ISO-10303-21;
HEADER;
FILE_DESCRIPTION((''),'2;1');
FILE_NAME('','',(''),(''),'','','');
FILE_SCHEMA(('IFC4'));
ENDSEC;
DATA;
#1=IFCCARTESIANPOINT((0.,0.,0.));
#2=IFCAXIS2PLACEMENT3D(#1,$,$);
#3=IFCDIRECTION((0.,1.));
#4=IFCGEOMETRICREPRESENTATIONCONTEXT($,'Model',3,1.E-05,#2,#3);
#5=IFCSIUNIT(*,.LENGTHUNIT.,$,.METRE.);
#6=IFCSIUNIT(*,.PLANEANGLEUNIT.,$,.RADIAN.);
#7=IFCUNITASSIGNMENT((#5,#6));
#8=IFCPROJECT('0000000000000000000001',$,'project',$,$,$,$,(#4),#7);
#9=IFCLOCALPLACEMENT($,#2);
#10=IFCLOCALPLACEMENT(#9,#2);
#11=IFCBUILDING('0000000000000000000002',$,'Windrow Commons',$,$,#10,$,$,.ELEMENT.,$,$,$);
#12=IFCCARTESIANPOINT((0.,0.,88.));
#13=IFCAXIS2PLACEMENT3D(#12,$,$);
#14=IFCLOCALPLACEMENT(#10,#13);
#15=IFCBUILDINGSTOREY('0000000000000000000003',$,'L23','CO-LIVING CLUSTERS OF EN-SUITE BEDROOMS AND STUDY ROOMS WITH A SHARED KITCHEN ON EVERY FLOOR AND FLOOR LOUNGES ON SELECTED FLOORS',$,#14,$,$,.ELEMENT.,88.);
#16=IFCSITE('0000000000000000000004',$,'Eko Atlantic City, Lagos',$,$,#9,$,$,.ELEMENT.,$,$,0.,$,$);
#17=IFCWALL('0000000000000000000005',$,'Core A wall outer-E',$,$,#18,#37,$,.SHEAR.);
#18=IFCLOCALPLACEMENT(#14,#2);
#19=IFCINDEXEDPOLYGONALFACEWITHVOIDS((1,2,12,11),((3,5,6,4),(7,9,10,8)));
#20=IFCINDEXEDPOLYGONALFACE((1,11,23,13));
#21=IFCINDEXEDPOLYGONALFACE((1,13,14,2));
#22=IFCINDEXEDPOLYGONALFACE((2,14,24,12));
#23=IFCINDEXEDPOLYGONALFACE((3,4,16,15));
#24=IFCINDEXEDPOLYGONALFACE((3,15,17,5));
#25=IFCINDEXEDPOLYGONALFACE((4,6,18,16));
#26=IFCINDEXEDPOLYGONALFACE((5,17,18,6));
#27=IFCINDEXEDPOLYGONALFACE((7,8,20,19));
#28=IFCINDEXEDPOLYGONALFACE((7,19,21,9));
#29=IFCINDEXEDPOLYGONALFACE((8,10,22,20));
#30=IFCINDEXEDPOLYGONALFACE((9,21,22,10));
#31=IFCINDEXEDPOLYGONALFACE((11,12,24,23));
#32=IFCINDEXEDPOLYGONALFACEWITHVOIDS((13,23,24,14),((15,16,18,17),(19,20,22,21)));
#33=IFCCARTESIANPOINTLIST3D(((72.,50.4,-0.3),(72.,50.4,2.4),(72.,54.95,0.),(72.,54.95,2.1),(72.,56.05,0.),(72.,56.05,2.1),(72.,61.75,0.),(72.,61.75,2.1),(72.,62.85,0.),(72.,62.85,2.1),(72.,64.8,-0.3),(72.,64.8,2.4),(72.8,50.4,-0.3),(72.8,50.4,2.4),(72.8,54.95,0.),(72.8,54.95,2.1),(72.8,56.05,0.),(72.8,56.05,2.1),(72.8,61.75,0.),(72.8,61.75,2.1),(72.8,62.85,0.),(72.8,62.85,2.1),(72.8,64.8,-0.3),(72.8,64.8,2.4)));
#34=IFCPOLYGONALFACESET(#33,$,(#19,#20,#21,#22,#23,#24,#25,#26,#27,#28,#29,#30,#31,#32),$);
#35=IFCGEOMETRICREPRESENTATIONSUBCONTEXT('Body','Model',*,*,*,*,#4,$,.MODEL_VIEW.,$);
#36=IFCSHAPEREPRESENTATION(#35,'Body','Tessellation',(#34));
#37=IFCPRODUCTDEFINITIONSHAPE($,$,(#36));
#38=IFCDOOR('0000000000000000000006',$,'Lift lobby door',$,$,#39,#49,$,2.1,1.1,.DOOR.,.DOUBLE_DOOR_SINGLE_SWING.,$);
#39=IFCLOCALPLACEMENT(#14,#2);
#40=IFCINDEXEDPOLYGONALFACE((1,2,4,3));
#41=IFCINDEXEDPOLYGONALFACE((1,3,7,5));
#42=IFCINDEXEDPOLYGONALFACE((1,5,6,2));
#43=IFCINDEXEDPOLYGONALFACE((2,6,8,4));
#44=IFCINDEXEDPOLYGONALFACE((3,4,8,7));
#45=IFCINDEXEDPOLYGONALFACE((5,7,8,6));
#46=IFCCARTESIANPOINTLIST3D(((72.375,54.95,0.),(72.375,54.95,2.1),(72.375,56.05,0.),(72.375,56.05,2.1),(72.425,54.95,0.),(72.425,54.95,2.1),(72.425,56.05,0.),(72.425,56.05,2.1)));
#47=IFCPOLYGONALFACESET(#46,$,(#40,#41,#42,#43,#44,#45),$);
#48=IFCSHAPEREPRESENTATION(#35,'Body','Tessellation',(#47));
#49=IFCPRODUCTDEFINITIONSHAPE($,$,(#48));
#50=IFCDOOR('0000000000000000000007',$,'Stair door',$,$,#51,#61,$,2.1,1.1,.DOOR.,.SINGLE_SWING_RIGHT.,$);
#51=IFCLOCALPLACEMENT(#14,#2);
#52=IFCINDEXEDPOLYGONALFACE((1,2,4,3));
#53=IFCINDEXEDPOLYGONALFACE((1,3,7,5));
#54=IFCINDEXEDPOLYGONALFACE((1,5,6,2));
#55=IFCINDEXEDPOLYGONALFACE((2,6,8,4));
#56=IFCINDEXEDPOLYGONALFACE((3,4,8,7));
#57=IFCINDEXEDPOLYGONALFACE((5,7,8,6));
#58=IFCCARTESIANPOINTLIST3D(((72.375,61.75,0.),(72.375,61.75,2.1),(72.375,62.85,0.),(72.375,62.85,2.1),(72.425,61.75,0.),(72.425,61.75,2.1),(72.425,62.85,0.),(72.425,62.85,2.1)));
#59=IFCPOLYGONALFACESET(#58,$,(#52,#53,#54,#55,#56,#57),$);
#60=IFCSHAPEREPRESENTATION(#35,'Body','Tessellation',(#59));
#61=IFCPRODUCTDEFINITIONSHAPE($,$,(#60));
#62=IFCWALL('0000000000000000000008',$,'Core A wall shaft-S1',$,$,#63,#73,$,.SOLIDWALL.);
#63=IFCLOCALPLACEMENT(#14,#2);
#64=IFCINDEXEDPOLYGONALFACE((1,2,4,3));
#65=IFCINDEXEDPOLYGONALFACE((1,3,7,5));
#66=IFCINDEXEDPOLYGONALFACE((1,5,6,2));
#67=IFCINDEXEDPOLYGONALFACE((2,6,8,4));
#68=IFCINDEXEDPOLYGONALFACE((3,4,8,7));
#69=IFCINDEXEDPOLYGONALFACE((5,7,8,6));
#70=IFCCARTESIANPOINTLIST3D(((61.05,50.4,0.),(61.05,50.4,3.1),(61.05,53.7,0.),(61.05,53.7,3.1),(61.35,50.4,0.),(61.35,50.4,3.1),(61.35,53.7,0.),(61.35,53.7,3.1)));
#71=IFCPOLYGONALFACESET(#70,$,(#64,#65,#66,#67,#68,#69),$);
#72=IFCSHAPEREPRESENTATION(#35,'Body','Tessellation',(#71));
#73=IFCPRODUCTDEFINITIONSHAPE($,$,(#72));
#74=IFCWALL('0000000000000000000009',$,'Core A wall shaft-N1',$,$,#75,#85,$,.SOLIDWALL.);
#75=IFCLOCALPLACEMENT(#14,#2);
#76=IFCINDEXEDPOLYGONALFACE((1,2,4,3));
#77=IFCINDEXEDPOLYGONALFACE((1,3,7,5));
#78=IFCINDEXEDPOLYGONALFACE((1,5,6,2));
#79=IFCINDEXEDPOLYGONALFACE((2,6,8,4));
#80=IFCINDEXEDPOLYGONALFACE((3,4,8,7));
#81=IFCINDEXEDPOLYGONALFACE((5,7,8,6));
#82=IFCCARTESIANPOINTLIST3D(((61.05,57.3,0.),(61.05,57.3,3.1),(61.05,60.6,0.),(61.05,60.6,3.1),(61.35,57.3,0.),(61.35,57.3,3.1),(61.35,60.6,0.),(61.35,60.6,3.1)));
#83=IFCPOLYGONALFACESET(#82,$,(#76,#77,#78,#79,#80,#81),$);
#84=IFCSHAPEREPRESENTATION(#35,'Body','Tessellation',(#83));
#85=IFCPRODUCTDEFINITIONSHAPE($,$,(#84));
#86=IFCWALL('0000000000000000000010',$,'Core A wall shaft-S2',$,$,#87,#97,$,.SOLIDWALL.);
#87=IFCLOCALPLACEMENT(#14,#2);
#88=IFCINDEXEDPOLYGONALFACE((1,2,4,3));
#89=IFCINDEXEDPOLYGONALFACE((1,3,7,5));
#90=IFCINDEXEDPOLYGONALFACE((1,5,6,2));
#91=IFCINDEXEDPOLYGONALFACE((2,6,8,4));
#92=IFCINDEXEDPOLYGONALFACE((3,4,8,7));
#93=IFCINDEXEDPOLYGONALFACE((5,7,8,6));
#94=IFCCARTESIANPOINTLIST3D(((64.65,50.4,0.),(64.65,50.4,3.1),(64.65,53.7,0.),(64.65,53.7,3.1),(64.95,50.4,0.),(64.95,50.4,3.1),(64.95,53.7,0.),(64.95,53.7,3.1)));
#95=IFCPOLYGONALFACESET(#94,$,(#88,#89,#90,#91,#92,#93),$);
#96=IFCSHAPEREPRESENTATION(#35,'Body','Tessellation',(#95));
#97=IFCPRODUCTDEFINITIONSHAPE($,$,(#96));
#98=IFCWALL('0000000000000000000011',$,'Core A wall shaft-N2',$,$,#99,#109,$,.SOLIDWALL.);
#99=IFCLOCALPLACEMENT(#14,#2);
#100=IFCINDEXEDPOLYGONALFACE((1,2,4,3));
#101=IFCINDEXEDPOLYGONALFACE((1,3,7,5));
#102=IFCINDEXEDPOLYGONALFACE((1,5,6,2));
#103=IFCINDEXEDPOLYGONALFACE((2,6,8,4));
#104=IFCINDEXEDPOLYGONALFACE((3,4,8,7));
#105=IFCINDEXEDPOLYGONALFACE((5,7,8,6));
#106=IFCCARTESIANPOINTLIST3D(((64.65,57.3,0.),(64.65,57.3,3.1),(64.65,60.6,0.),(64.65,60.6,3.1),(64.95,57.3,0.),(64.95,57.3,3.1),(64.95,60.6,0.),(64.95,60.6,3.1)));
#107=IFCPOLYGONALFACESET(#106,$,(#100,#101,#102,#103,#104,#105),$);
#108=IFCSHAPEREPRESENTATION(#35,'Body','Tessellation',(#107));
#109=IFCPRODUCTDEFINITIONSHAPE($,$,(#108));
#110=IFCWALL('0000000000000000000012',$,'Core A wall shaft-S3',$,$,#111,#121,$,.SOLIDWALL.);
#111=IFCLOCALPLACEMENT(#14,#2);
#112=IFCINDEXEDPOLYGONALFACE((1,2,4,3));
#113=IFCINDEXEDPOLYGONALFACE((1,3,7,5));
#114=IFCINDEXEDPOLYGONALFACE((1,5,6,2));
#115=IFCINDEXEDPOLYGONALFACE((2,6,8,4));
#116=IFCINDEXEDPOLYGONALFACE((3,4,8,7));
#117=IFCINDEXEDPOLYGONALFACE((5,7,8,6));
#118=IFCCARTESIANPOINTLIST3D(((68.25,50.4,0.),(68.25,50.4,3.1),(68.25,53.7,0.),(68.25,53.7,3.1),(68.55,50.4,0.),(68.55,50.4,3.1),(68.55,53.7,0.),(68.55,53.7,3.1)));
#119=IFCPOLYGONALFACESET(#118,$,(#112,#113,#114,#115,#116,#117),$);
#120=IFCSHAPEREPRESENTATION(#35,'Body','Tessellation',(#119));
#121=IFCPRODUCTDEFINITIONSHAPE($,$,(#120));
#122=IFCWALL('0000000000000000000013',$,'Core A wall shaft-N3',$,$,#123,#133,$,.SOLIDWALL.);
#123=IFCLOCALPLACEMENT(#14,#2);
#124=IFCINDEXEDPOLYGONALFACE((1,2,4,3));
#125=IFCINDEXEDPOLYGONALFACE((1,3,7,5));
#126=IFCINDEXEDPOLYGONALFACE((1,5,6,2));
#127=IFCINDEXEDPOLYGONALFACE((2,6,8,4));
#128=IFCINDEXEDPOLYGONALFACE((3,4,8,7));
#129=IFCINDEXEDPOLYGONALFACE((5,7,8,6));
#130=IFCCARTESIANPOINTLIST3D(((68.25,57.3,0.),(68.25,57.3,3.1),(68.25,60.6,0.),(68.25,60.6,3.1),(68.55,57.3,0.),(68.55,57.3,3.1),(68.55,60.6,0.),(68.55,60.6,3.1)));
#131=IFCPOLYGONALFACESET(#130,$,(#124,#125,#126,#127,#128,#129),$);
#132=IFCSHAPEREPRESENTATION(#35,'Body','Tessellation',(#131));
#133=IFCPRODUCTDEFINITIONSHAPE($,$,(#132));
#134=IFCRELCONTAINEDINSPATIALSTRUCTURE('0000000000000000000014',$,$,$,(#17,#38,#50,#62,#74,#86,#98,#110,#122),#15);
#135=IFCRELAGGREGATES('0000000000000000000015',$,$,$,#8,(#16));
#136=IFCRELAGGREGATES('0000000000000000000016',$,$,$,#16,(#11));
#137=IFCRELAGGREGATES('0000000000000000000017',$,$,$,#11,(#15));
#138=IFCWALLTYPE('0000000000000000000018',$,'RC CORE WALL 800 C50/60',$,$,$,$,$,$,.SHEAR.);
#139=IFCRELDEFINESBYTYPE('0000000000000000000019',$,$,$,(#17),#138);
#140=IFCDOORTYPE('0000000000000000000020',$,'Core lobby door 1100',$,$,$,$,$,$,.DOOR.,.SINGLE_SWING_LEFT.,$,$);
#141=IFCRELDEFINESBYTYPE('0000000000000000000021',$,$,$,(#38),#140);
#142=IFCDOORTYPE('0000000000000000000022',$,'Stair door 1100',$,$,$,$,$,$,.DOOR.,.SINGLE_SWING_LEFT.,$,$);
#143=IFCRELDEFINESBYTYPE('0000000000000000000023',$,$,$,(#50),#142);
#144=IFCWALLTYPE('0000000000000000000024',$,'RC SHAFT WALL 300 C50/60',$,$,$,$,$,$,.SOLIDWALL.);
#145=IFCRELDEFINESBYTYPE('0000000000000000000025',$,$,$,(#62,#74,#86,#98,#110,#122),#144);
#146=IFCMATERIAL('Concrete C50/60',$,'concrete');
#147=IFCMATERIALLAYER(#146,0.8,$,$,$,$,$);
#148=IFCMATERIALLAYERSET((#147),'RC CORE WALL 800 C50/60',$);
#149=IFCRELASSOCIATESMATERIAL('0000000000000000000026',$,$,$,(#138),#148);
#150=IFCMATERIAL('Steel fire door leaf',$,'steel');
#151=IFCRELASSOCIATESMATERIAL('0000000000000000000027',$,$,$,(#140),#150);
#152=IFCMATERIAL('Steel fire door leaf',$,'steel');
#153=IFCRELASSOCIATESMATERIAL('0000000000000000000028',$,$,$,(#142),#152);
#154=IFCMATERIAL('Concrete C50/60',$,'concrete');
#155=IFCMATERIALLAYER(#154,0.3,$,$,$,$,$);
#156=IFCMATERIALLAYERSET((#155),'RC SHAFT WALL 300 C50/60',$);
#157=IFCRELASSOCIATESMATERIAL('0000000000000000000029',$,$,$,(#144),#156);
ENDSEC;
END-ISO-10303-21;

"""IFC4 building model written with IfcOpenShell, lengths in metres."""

from ifc_helpers import new_model, si_unit, direction, frame, frame_2d, origin, place, context, subcontext, project, spatial, rectangle, extrude, material, layer, layer_set, type_object, element, fill, save


model = new_model("IFC4")

# Units and contexts
model_context = context("Model", 3, precision=1e-05, world=origin(), true_north=direction((0.0, 1.0)))
body_context = subcontext(model_context, "Body", "Model", "MODEL_VIEW")
ifc_project = project(units=[si_unit("LENGTHUNIT", "METRE"), si_unit("PLANEANGLEUNIT", "RADIAN")], contexts=[model_context])

# Site, building, storey
site_placement = place(None, origin())
site = spatial("IfcSite", under=ifc_project, at=site_placement, Name="Eko Atlantic City, Lagos", CompositionType="ELEMENT", RefElevation=0.0)
building_placement = place(site_placement, origin())
building = spatial("IfcBuilding", under=site, at=building_placement, Name="Windrow Commons", CompositionType="ELEMENT")
storey_placement = place(building_placement, frame((0.0, 0.0, 88.0)))
storey = spatial("IfcBuildingStorey", under=building, at=storey_placement, Name="L23", Description="CO-LIVING CLUSTERS OF EN-SUITE BEDROOMS AND STUDY ROOMS WITH A SHARED KITCHEN ON EVERY FLOOR AND FLOOR LOUNGES ON SELECTED FLOORS", CompositionType="ELEMENT", Elevation=88.0)

# Wall, openings, doors
ifc_material_1 = material(Name="Concrete C50/60", Category="concrete")
ifc_layer_1 = layer(ifc_material_1, 0.8)
ifc_layer_set_1 = layer_set([ifc_layer_1], Name="RC CORE WALL 800 C50/60")
wall_type_1 = type_object("IfcWallType", Name="RC CORE WALL 800 C50/60", PredefinedType="SHEAR", material=ifc_layer_set_1)
wall_1_placement = place(storey_placement, frame((72.4, 50.4, -0.3), z_axis=(0.0, 0.0, 1.0), x_axis=(0.0, 1.0, 0.0)))
wall_1 = element("IfcWall", 1, at=wall_1_placement, inside=storey, type_object=wall_type_1, Name="Core A wall outer-E", PredefinedType="SHEAR", context=body_context, shape_type="SweptSolid", body=[
    extrude(rectangle(XDim=14.4, YDim=0.8, at=frame_2d((7.2, 0.0))), origin(), (0.0, 0.0, 1.0), 2.7),
])
opening_1_placement = place(wall_1_placement, frame((4.55, 0.0, 0.3)))
opening_1 = element("IfcOpeningElement", 2, at=opening_1_placement, cuts=wall_1, PredefinedType="OPENING", context=body_context, shape_type="SweptSolid", body=[
    extrude(rectangle(XDim=1.1, YDim=2.1, at=frame_2d((0.55, 1.05))), frame((0.0, 0.41, 0.0), z_axis=(0.0, -1.0, 0.0), x_axis=(1.0, 0.0, 0.0)), (0.0, 0.0, 1.0), 0.82),
])
opening_2_placement = place(wall_1_placement, frame((11.35, 0.0, 0.3)))
opening_2 = element("IfcOpeningElement", 3, at=opening_2_placement, cuts=wall_1, PredefinedType="OPENING", context=body_context, shape_type="SweptSolid", body=[
    extrude(rectangle(XDim=1.1, YDim=2.1, at=frame_2d((0.55, 1.05))), frame((0.0, 0.41, 0.0), z_axis=(0.0, -1.0, 0.0), x_axis=(1.0, 0.0, 0.0)), (0.0, 0.0, 1.0), 0.82),
])
ifc_material_2 = material(Name="Steel fire door leaf", Category="steel")
door_type_1 = type_object("IfcDoorType", Name="Core lobby door 1100", OperationType="SINGLE_SWING_LEFT", PredefinedType="DOOR", material=ifc_material_2)
door_1_placement = place(opening_1_placement, origin())
door_1 = element("IfcDoor", 4, at=door_1_placement, inside=storey, type_object=door_type_1, Name="Lift lobby door", OperationType="DOUBLE_DOOR_SINGLE_SWING", OverallHeight=2.1, OverallWidth=1.1, PredefinedType="DOOR", context=body_context, shape_type="SweptSolid", body=[
    extrude(rectangle(XDim=1.1, YDim=2.1, at=frame_2d((0.55, 1.05))), frame((0.0, 0.025, 0.0), z_axis=(0.0, -1.0, 0.0), x_axis=(1.0, 0.0, 0.0)), (0.0, 0.0, 1.0), 0.05),
])
fill(opening_1, door_1)
ifc_material_3 = material(Name="Steel fire door leaf", Category="steel")
door_type_2 = type_object("IfcDoorType", Name="Stair door 1100", OperationType="SINGLE_SWING_LEFT", PredefinedType="DOOR", material=ifc_material_3)
door_2_placement = place(opening_2_placement, origin())
door_2 = element("IfcDoor", 5, at=door_2_placement, inside=storey, type_object=door_type_2, Name="Stair door", OperationType="SINGLE_SWING_RIGHT", OverallHeight=2.1, OverallWidth=1.1, PredefinedType="DOOR", context=body_context, shape_type="SweptSolid", body=[
    extrude(rectangle(XDim=1.1, YDim=2.1, at=frame_2d((0.55, 1.05))), frame((0.0, 0.025, 0.0), z_axis=(0.0, -1.0, 0.0), x_axis=(1.0, 0.0, 0.0)), (0.0, 0.0, 1.0), 0.05),
])
fill(opening_2, door_2)

# Walls
ifc_material_4 = material(Name="Concrete C50/60", Category="concrete")
ifc_layer_2 = layer(ifc_material_4, 0.3)
ifc_layer_set_2 = layer_set([ifc_layer_2], Name="RC SHAFT WALL 300 C50/60")
wall_type_2 = type_object("IfcWallType", Name="RC SHAFT WALL 300 C50/60", PredefinedType="SOLIDWALL", material=ifc_layer_set_2)
for number, where, z_axis, x_axis, name in (
    (6, (61.2, 50.4, 0.0), (0.0, 0.0, 1.0), (0.0, 1.0, 0.0), "Core A wall shaft-S1"),
    (7, (61.2, 57.3, 0.0), (0.0, 0.0, 1.0), (0.0, 1.0, 0.0), "Core A wall shaft-N1"),
    (8, (64.8, 50.4, 0.0), (0.0, 0.0, 1.0), (0.0, 1.0, 0.0), "Core A wall shaft-S2"),
    (9, (64.8, 57.3, 0.0), (0.0, 0.0, 1.0), (0.0, 1.0, 0.0), "Core A wall shaft-N2"),
    (10, (68.4, 50.4, 0.0), (0.0, 0.0, 1.0), (0.0, 1.0, 0.0), "Core A wall shaft-S3"),
    (11, (68.4, 57.3, 0.0), (0.0, 0.0, 1.0), (0.0, 1.0, 0.0), "Core A wall shaft-N3"),
):
    element("IfcWall", number, at=place(storey_placement, frame(where, z_axis=z_axis, x_axis=x_axis)), inside=storey, type_object=wall_type_2, Name=name, PredefinedType="SOLIDWALL", context=body_context, shape_type="SweptSolid", body=[
        extrude(rectangle(XDim=3.3, YDim=0.3, at=frame_2d((1.65, 0.0))), origin(), (0.0, 0.0, 1.0), 3.1),
    ])

save(model, "model.ifc")
